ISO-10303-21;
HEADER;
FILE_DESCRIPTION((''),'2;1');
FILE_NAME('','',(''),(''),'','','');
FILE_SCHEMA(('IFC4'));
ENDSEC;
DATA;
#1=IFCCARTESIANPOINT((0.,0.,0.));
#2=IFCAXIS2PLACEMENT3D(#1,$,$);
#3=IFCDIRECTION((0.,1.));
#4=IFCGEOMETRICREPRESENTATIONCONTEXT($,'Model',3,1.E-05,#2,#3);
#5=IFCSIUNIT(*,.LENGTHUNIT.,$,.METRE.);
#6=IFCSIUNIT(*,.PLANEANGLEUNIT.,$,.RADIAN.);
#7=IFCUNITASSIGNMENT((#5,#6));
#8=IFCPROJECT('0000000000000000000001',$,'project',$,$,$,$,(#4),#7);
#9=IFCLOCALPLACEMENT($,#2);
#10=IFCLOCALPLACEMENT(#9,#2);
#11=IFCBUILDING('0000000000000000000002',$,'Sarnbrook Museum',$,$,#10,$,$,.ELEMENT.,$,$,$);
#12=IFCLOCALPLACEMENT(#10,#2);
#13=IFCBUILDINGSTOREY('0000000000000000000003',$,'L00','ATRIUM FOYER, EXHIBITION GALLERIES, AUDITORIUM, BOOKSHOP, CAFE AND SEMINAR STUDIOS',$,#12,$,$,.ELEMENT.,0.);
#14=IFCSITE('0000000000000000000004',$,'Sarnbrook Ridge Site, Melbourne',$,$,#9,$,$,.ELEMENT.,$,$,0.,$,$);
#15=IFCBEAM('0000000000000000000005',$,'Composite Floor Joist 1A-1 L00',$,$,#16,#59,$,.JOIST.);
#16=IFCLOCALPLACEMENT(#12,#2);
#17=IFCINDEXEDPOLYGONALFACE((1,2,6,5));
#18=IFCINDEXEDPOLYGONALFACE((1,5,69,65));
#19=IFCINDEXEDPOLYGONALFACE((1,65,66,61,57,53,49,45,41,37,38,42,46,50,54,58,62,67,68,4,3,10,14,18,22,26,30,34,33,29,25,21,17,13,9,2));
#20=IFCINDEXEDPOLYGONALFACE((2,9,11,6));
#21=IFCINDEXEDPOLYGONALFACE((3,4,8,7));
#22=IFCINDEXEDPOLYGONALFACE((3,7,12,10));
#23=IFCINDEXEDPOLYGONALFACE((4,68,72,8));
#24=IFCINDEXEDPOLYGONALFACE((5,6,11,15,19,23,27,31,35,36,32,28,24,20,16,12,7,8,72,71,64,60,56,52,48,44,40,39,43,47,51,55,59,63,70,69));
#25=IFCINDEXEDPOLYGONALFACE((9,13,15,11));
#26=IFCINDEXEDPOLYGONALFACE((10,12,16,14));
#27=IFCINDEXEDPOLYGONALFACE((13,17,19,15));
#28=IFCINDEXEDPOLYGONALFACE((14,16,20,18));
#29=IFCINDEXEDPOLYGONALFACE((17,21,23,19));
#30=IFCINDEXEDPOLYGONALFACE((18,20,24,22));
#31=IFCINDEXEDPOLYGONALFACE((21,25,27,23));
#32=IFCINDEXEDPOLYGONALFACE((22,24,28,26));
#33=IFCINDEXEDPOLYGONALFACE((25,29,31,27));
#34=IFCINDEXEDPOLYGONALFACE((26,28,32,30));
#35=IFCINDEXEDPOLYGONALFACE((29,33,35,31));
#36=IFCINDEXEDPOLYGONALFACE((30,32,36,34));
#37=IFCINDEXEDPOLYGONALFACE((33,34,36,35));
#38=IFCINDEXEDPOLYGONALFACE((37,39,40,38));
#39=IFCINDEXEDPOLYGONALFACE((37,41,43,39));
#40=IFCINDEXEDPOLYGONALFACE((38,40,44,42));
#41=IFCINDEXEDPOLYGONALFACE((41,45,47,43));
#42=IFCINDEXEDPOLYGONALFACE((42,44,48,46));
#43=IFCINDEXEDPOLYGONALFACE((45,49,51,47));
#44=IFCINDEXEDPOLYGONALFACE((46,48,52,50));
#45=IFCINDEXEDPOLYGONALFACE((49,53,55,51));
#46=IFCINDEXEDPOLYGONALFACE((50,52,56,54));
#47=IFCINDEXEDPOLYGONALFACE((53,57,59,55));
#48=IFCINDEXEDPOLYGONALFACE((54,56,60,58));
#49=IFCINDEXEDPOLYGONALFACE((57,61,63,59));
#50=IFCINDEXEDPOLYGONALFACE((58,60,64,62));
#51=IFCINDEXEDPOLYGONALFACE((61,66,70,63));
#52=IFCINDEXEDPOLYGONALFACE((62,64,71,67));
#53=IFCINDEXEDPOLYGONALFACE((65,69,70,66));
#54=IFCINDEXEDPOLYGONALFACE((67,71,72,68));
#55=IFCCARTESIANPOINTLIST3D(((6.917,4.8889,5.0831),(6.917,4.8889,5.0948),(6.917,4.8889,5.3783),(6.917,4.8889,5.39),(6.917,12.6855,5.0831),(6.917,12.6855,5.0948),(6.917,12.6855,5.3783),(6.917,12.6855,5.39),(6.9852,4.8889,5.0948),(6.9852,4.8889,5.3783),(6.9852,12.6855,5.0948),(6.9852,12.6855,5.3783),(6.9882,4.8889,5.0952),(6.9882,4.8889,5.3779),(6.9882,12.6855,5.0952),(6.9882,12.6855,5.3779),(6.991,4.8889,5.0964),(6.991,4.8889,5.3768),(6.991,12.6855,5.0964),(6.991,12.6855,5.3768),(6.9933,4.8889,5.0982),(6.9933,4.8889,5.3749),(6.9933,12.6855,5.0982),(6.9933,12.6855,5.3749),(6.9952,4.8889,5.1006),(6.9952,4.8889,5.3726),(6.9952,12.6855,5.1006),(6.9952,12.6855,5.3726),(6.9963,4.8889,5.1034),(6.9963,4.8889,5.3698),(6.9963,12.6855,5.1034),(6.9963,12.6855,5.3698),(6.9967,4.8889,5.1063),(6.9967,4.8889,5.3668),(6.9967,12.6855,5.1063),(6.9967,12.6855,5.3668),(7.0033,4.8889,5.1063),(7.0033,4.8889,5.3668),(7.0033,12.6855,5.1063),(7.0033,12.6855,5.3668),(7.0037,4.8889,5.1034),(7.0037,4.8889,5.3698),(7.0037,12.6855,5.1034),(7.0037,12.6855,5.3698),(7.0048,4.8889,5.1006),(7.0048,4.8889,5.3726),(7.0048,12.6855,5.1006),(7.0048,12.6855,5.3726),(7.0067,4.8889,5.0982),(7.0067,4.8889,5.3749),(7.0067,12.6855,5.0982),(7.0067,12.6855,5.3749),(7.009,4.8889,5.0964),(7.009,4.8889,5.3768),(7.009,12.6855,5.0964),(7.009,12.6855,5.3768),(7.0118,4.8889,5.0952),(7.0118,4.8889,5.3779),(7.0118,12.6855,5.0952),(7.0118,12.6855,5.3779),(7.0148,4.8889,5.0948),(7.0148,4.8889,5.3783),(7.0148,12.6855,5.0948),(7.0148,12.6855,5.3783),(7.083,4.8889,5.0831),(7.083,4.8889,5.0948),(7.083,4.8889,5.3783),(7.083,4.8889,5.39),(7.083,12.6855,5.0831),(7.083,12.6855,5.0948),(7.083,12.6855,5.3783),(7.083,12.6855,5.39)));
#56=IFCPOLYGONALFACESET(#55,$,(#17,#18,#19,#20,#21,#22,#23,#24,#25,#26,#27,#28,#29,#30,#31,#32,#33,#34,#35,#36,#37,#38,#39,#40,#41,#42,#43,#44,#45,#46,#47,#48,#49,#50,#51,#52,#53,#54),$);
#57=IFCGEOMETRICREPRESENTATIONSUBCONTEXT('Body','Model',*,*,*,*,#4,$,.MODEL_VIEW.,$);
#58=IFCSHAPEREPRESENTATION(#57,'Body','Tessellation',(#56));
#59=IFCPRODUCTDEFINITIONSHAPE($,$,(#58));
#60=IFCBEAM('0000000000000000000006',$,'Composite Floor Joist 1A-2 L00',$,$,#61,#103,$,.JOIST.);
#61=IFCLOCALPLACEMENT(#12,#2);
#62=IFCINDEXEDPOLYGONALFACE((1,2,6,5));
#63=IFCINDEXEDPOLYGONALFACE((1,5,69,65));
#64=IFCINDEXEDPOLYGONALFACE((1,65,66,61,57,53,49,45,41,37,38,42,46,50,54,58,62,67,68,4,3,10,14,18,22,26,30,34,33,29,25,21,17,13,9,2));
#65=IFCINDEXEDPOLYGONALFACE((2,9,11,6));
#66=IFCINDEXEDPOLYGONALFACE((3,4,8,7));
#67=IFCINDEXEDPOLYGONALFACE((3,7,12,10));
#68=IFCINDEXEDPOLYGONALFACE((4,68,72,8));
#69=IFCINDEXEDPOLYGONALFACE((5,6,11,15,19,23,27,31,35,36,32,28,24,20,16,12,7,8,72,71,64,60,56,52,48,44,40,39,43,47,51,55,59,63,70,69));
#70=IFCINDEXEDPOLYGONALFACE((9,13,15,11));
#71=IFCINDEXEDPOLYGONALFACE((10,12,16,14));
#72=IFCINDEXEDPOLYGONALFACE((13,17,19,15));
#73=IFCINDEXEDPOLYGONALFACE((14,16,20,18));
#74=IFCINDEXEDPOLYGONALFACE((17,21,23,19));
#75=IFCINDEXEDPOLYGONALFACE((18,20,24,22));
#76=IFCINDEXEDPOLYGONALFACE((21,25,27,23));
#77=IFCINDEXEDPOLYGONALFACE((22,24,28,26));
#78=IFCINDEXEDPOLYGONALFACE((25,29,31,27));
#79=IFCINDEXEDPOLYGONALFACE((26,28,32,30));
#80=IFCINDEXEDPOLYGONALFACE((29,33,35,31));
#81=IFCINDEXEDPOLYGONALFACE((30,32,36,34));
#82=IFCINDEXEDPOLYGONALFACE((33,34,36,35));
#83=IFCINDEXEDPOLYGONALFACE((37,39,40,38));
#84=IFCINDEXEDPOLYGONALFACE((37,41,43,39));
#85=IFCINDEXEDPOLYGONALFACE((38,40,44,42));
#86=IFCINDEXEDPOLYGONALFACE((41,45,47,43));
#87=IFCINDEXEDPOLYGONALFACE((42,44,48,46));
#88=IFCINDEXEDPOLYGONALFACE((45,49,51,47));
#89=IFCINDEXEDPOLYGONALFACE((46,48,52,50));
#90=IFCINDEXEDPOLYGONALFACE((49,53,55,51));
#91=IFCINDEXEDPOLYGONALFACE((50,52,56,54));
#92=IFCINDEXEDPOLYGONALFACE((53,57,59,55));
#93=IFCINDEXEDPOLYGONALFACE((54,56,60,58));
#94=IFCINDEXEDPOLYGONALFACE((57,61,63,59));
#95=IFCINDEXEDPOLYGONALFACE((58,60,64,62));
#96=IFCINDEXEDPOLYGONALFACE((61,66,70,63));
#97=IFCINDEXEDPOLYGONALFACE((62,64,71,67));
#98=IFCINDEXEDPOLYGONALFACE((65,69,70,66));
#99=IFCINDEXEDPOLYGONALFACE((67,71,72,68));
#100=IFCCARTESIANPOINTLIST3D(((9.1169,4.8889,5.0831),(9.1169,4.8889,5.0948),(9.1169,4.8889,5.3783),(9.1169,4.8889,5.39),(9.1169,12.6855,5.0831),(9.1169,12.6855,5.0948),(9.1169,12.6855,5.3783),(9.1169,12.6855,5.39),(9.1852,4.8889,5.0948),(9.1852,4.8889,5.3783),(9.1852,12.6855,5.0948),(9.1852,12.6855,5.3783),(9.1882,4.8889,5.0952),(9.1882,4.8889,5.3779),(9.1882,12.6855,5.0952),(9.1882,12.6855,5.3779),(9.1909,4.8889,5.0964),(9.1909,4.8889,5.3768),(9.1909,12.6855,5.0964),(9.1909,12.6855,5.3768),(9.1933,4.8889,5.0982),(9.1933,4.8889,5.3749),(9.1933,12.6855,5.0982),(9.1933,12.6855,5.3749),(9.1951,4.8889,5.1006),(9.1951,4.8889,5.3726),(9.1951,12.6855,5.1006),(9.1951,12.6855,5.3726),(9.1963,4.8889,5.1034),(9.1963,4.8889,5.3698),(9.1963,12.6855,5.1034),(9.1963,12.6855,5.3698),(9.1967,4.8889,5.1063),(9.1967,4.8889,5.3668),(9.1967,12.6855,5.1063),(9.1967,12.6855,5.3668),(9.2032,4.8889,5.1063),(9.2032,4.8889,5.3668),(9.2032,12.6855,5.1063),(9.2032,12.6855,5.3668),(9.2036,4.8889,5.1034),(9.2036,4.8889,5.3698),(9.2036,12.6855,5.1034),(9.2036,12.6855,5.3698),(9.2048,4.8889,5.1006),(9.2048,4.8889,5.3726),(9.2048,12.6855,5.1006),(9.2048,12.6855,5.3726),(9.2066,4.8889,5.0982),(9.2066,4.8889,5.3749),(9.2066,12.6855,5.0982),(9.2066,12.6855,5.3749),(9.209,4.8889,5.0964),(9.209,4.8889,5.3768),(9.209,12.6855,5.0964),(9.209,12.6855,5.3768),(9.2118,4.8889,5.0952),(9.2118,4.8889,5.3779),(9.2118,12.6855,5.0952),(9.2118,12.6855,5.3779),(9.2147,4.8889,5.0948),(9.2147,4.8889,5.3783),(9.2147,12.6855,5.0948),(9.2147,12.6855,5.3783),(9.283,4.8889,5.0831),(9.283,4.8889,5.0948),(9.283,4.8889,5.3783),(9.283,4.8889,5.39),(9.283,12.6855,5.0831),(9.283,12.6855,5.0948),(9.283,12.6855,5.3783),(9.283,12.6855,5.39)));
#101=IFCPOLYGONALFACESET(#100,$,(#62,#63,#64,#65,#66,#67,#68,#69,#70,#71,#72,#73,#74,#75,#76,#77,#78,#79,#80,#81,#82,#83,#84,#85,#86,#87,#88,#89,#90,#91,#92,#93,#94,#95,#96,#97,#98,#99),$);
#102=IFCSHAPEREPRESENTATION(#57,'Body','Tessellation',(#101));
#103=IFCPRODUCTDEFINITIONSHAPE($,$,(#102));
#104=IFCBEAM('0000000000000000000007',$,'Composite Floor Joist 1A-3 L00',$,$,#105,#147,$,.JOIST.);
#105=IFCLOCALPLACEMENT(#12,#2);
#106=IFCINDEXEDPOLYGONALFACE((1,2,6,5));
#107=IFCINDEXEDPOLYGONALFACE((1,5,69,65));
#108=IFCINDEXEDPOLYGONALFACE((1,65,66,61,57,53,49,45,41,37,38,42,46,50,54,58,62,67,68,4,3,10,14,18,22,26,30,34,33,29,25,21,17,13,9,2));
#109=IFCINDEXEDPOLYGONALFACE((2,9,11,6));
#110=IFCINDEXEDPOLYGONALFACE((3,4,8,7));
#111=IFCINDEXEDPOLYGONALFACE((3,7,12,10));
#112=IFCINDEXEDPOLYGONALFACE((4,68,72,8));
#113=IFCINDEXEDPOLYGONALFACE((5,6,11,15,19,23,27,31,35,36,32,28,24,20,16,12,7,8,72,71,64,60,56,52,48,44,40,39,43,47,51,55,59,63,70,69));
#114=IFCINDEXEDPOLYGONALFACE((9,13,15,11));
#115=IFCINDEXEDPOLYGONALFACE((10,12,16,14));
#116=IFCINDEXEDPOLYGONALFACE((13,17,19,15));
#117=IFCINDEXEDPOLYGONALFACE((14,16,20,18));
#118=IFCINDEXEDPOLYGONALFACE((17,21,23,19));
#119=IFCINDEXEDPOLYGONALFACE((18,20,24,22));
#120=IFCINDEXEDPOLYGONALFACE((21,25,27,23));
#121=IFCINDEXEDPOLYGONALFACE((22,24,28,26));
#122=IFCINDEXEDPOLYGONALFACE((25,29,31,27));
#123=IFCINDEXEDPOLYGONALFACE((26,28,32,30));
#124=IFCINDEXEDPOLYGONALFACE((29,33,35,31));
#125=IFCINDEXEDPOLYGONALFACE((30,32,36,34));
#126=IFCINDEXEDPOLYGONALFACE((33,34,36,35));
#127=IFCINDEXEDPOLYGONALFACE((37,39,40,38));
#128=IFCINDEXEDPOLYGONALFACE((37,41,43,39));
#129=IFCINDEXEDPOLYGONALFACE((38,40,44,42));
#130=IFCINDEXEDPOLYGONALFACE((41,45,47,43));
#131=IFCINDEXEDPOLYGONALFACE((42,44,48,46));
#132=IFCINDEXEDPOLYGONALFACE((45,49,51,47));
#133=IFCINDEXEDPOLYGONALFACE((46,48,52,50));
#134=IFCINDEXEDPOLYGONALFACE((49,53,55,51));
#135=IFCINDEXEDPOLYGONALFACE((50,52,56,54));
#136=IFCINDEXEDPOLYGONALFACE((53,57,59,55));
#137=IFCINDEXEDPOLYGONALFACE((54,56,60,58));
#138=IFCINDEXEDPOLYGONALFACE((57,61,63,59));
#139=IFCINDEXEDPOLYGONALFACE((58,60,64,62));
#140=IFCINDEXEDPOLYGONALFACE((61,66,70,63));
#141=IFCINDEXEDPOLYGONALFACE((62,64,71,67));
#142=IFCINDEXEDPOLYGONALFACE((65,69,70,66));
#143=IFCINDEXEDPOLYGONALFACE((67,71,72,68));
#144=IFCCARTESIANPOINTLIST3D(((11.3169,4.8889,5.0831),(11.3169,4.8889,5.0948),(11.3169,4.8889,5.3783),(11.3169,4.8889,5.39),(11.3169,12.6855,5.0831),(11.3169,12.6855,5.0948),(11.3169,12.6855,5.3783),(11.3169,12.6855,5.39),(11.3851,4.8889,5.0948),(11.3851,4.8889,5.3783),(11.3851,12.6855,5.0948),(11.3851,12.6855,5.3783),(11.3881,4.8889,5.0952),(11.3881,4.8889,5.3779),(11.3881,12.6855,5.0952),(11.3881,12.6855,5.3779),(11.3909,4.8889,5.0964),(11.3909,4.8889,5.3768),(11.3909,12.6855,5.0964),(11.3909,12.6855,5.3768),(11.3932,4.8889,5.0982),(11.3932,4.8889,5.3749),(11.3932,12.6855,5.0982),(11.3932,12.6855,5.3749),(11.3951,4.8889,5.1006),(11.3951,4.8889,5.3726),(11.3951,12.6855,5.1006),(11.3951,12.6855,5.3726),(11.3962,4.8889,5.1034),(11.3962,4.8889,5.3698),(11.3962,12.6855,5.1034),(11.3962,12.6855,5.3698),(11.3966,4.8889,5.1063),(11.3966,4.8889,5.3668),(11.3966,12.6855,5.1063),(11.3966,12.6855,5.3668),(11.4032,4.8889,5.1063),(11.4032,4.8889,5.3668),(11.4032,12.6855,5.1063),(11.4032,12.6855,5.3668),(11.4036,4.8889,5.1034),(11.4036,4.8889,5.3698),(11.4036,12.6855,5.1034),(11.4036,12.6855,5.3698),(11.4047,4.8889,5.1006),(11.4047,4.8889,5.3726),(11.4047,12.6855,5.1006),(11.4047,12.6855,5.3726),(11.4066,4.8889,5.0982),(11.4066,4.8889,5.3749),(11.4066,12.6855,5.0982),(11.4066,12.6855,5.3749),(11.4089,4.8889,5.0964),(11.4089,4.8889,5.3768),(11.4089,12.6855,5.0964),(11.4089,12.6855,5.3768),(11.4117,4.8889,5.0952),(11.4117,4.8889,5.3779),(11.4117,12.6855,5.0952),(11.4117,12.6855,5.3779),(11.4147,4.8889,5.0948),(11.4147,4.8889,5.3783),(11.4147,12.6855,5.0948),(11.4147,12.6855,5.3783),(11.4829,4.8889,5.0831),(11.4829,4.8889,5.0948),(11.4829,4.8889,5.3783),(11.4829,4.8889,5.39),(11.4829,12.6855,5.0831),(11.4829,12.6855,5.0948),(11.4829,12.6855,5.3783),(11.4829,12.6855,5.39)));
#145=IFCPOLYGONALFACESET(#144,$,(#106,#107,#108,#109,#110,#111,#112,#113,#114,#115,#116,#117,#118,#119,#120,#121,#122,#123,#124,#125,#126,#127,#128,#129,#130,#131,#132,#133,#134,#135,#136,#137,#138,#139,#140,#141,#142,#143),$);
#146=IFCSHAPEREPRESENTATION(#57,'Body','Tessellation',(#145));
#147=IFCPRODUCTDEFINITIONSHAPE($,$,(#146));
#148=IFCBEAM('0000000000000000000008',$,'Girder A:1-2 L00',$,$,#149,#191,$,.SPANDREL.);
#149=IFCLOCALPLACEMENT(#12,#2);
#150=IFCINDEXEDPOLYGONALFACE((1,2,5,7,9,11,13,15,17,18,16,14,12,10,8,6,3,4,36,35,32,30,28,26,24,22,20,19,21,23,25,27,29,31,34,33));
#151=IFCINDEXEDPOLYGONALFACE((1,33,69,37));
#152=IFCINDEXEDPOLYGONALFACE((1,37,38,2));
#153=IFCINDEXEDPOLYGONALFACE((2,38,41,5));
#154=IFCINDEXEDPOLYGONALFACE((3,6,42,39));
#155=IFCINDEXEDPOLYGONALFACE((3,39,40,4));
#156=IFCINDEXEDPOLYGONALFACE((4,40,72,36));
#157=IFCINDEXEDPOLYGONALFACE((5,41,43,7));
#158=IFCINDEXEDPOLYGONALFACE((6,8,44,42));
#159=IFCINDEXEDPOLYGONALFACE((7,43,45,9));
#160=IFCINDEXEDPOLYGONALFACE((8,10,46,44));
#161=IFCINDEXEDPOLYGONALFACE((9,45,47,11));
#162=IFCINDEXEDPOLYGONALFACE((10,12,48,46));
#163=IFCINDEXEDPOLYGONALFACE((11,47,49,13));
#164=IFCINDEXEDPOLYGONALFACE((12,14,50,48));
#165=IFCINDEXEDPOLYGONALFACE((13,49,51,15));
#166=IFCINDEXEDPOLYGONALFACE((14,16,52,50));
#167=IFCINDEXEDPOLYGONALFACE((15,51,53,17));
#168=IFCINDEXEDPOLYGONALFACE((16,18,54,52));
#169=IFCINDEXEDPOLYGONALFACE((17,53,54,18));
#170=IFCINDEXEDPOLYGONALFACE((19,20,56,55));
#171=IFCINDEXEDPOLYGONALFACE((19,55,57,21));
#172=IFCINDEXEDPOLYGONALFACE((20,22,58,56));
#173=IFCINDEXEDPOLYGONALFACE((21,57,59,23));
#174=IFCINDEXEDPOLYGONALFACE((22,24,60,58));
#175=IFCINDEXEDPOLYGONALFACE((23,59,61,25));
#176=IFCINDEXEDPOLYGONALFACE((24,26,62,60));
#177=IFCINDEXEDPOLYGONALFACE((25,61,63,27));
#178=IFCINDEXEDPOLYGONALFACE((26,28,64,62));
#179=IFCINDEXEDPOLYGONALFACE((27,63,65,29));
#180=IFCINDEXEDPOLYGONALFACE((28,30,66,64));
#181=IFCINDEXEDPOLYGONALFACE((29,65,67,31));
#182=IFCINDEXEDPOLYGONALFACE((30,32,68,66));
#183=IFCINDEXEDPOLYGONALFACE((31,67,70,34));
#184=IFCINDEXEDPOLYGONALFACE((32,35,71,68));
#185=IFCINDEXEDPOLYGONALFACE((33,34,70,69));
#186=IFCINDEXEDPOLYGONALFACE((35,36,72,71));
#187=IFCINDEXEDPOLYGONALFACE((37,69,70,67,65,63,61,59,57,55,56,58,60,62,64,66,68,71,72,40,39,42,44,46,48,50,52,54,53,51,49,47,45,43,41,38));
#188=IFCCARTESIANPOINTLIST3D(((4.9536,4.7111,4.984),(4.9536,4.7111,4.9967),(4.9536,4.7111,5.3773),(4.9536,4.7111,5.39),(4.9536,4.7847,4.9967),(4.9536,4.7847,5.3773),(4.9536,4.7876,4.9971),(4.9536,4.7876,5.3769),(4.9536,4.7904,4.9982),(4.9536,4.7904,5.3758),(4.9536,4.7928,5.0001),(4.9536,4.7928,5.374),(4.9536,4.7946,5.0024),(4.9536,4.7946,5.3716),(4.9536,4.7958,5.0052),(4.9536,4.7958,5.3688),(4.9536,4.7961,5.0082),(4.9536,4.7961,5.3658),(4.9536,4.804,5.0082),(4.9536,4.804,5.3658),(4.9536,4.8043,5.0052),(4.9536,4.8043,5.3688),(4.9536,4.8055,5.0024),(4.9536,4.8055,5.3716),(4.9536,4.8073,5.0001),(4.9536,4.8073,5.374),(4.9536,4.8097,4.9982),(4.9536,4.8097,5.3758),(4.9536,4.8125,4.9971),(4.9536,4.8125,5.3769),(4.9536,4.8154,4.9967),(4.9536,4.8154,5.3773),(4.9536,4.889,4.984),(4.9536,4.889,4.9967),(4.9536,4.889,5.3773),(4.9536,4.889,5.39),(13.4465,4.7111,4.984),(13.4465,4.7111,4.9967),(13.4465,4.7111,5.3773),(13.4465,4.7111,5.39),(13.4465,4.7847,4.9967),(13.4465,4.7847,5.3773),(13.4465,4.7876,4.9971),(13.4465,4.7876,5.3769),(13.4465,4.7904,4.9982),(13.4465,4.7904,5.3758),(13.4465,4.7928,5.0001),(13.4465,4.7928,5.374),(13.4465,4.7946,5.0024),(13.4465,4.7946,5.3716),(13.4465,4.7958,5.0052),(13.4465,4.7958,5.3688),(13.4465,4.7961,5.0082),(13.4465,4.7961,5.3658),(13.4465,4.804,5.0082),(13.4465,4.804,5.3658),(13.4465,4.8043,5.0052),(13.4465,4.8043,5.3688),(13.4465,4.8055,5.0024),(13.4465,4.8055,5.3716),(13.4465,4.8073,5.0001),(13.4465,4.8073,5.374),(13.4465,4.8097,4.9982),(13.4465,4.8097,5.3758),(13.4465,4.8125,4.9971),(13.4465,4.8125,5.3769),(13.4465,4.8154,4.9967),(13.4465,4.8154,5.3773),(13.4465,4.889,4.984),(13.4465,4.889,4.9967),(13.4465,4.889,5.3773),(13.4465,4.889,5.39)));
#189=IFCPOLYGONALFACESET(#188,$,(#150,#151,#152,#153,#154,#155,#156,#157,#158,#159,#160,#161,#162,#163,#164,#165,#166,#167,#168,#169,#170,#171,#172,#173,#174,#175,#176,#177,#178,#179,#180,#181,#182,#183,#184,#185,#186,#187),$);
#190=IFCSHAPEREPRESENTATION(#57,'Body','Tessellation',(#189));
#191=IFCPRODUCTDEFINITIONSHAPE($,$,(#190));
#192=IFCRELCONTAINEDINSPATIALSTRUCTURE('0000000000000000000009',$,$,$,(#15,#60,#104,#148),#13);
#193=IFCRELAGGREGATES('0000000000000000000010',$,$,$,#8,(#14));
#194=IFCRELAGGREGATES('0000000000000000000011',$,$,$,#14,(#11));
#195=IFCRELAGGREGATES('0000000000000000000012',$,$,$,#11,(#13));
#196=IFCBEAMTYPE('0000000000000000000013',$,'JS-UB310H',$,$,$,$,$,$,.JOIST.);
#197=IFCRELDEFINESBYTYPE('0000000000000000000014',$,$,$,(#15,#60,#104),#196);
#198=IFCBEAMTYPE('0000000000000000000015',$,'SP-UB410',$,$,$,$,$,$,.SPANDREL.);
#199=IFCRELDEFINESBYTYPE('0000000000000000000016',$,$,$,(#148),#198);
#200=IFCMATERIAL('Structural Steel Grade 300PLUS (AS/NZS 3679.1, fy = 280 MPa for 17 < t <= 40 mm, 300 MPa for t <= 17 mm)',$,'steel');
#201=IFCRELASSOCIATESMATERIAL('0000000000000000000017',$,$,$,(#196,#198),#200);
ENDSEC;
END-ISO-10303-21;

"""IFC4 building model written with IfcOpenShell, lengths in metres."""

from ifc_helpers import new_model, si_unit, direction, frame, origin, origin_2d, place, context, subcontext, project, spatial, i_section, extrude, material, material_profile, profile_set, type_object, element, save


model = new_model("IFC4")

# Units and contexts
model_context = context("Model", 3, precision=1e-05, world=origin(), true_north=direction((0.0, 1.0)))
body_context = subcontext(model_context, "Body", "Model", "MODEL_VIEW")
ifc_project = project(units=[si_unit("LENGTHUNIT", "METRE"), si_unit("PLANEANGLEUNIT", "RADIAN")], contexts=[model_context])

# Site, building, storey
site_placement = place(None, origin())
site = spatial("IfcSite", under=ifc_project, at=site_placement, Name="Sarnbrook Ridge Site, Melbourne", CompositionType="ELEMENT", RefElevation=0.0)
building_placement = place(site_placement, origin())
building = spatial("IfcBuilding", under=site, at=building_placement, Name="Sarnbrook Museum", CompositionType="ELEMENT")
storey_placement = place(building_placement, origin())
storey = spatial("IfcBuildingStorey", under=building, at=storey_placement, Name="L00", Description="ATRIUM FOYER, EXHIBITION GALLERIES, AUDITORIUM, BOOKSHOP, CAFE AND SEMINAR STUDIOS", CompositionType="ELEMENT", Elevation=0.0)

# Shared definitions
ifc_material_1 = material(Name="Structural Steel Grade 300PLUS (AS/NZS 3679.1, fy = 280 MPa for 17 < t <= 40 mm, 300 MPa for t <= 17 mm)", Category="steel")

# Beams
ifc_material_profile_1 = material_profile(ifc_material_1, i_section(OverallWidth=0.166, OverallDepth=0.3069, WebThickness=0.0066, FlangeThickness=0.0117, FilletRadius=0.0115, at=origin_2d()), Name="310UB46.2")
ifc_profile_set_1 = profile_set([ifc_material_profile_1], Name="Structural Steel Grade 300PLUS (AS/NZS 3679.1, fy = 280 MPa for 17 < t <= 40 mm, 300 MPa for t <= 17 mm)")
beam_type_1 = type_object("IfcBeamType", Name="JS-UB310H", PredefinedType="JOIST", material=ifc_profile_set_1)
for number, where, z_axis, x_axis, name in (
    (1, (7.0, 4.8889, 5.2366), (0.0, 1.0, 0.0), (-1.0, 0.0, 0.0), "Composite Floor Joist 1A-1 L00"),
    (2, (9.2, 4.8889, 5.2366), (0.0, 1.0, 0.0), (-1.0, 0.0, 0.0), "Composite Floor Joist 1A-2 L00"),
    (3, (11.3999, 4.8889, 5.2366), (0.0, 1.0, 0.0), (-1.0, 0.0, 0.0), "Composite Floor Joist 1A-3 L00"),
):
    element("IfcBeam", number, at=place(storey_placement, frame(where, z_axis=z_axis, x_axis=x_axis)), inside=storey, type_object=beam_type_1, Name=name, PredefinedType="JOIST", context=body_context, shape_type="SweptSolid", body=[
        extrude(i_section(OverallWidth=0.166, OverallDepth=0.3069, WebThickness=0.0066, FlangeThickness=0.0117, FilletRadius=0.0115, at=origin_2d()), origin(), (0.0, 0.0, 1.0), 7.7966),
    ])
ifc_material_profile_2 = material_profile(ifc_material_1, i_section(OverallWidth=0.178, OverallDepth=0.406, WebThickness=0.0078, FlangeThickness=0.0127, FilletRadius=0.0115, at=origin_2d()), Name="410UB59.7")
ifc_profile_set_2 = profile_set([ifc_material_profile_2], Name="Structural Steel Grade 300PLUS (AS/NZS 3679.1, fy = 280 MPa for 17 < t <= 40 mm, 300 MPa for t <= 17 mm)")
beam_type_2 = type_object("IfcBeamType", Name="SP-UB410", PredefinedType="SPANDREL", material=ifc_profile_set_2)
beam_1_placement = place(storey_placement, frame((4.9536, 4.8, 5.187), z_axis=(1.0, 0.0, 0.0), x_axis=(0.0, 1.0, 0.0)))
element("IfcBeam", 4, at=beam_1_placement, inside=storey, type_object=beam_type_2, Name="Girder A:1-2 L00", PredefinedType="SPANDREL", context=body_context, shape_type="SweptSolid", body=[
    extrude(i_section(OverallWidth=0.178, OverallDepth=0.406, WebThickness=0.0078, FlangeThickness=0.0127, FilletRadius=0.0115, at=origin_2d()), origin(), (0.0, 0.0, 1.0), 8.4929),
])

save(model, "model.ifc")
